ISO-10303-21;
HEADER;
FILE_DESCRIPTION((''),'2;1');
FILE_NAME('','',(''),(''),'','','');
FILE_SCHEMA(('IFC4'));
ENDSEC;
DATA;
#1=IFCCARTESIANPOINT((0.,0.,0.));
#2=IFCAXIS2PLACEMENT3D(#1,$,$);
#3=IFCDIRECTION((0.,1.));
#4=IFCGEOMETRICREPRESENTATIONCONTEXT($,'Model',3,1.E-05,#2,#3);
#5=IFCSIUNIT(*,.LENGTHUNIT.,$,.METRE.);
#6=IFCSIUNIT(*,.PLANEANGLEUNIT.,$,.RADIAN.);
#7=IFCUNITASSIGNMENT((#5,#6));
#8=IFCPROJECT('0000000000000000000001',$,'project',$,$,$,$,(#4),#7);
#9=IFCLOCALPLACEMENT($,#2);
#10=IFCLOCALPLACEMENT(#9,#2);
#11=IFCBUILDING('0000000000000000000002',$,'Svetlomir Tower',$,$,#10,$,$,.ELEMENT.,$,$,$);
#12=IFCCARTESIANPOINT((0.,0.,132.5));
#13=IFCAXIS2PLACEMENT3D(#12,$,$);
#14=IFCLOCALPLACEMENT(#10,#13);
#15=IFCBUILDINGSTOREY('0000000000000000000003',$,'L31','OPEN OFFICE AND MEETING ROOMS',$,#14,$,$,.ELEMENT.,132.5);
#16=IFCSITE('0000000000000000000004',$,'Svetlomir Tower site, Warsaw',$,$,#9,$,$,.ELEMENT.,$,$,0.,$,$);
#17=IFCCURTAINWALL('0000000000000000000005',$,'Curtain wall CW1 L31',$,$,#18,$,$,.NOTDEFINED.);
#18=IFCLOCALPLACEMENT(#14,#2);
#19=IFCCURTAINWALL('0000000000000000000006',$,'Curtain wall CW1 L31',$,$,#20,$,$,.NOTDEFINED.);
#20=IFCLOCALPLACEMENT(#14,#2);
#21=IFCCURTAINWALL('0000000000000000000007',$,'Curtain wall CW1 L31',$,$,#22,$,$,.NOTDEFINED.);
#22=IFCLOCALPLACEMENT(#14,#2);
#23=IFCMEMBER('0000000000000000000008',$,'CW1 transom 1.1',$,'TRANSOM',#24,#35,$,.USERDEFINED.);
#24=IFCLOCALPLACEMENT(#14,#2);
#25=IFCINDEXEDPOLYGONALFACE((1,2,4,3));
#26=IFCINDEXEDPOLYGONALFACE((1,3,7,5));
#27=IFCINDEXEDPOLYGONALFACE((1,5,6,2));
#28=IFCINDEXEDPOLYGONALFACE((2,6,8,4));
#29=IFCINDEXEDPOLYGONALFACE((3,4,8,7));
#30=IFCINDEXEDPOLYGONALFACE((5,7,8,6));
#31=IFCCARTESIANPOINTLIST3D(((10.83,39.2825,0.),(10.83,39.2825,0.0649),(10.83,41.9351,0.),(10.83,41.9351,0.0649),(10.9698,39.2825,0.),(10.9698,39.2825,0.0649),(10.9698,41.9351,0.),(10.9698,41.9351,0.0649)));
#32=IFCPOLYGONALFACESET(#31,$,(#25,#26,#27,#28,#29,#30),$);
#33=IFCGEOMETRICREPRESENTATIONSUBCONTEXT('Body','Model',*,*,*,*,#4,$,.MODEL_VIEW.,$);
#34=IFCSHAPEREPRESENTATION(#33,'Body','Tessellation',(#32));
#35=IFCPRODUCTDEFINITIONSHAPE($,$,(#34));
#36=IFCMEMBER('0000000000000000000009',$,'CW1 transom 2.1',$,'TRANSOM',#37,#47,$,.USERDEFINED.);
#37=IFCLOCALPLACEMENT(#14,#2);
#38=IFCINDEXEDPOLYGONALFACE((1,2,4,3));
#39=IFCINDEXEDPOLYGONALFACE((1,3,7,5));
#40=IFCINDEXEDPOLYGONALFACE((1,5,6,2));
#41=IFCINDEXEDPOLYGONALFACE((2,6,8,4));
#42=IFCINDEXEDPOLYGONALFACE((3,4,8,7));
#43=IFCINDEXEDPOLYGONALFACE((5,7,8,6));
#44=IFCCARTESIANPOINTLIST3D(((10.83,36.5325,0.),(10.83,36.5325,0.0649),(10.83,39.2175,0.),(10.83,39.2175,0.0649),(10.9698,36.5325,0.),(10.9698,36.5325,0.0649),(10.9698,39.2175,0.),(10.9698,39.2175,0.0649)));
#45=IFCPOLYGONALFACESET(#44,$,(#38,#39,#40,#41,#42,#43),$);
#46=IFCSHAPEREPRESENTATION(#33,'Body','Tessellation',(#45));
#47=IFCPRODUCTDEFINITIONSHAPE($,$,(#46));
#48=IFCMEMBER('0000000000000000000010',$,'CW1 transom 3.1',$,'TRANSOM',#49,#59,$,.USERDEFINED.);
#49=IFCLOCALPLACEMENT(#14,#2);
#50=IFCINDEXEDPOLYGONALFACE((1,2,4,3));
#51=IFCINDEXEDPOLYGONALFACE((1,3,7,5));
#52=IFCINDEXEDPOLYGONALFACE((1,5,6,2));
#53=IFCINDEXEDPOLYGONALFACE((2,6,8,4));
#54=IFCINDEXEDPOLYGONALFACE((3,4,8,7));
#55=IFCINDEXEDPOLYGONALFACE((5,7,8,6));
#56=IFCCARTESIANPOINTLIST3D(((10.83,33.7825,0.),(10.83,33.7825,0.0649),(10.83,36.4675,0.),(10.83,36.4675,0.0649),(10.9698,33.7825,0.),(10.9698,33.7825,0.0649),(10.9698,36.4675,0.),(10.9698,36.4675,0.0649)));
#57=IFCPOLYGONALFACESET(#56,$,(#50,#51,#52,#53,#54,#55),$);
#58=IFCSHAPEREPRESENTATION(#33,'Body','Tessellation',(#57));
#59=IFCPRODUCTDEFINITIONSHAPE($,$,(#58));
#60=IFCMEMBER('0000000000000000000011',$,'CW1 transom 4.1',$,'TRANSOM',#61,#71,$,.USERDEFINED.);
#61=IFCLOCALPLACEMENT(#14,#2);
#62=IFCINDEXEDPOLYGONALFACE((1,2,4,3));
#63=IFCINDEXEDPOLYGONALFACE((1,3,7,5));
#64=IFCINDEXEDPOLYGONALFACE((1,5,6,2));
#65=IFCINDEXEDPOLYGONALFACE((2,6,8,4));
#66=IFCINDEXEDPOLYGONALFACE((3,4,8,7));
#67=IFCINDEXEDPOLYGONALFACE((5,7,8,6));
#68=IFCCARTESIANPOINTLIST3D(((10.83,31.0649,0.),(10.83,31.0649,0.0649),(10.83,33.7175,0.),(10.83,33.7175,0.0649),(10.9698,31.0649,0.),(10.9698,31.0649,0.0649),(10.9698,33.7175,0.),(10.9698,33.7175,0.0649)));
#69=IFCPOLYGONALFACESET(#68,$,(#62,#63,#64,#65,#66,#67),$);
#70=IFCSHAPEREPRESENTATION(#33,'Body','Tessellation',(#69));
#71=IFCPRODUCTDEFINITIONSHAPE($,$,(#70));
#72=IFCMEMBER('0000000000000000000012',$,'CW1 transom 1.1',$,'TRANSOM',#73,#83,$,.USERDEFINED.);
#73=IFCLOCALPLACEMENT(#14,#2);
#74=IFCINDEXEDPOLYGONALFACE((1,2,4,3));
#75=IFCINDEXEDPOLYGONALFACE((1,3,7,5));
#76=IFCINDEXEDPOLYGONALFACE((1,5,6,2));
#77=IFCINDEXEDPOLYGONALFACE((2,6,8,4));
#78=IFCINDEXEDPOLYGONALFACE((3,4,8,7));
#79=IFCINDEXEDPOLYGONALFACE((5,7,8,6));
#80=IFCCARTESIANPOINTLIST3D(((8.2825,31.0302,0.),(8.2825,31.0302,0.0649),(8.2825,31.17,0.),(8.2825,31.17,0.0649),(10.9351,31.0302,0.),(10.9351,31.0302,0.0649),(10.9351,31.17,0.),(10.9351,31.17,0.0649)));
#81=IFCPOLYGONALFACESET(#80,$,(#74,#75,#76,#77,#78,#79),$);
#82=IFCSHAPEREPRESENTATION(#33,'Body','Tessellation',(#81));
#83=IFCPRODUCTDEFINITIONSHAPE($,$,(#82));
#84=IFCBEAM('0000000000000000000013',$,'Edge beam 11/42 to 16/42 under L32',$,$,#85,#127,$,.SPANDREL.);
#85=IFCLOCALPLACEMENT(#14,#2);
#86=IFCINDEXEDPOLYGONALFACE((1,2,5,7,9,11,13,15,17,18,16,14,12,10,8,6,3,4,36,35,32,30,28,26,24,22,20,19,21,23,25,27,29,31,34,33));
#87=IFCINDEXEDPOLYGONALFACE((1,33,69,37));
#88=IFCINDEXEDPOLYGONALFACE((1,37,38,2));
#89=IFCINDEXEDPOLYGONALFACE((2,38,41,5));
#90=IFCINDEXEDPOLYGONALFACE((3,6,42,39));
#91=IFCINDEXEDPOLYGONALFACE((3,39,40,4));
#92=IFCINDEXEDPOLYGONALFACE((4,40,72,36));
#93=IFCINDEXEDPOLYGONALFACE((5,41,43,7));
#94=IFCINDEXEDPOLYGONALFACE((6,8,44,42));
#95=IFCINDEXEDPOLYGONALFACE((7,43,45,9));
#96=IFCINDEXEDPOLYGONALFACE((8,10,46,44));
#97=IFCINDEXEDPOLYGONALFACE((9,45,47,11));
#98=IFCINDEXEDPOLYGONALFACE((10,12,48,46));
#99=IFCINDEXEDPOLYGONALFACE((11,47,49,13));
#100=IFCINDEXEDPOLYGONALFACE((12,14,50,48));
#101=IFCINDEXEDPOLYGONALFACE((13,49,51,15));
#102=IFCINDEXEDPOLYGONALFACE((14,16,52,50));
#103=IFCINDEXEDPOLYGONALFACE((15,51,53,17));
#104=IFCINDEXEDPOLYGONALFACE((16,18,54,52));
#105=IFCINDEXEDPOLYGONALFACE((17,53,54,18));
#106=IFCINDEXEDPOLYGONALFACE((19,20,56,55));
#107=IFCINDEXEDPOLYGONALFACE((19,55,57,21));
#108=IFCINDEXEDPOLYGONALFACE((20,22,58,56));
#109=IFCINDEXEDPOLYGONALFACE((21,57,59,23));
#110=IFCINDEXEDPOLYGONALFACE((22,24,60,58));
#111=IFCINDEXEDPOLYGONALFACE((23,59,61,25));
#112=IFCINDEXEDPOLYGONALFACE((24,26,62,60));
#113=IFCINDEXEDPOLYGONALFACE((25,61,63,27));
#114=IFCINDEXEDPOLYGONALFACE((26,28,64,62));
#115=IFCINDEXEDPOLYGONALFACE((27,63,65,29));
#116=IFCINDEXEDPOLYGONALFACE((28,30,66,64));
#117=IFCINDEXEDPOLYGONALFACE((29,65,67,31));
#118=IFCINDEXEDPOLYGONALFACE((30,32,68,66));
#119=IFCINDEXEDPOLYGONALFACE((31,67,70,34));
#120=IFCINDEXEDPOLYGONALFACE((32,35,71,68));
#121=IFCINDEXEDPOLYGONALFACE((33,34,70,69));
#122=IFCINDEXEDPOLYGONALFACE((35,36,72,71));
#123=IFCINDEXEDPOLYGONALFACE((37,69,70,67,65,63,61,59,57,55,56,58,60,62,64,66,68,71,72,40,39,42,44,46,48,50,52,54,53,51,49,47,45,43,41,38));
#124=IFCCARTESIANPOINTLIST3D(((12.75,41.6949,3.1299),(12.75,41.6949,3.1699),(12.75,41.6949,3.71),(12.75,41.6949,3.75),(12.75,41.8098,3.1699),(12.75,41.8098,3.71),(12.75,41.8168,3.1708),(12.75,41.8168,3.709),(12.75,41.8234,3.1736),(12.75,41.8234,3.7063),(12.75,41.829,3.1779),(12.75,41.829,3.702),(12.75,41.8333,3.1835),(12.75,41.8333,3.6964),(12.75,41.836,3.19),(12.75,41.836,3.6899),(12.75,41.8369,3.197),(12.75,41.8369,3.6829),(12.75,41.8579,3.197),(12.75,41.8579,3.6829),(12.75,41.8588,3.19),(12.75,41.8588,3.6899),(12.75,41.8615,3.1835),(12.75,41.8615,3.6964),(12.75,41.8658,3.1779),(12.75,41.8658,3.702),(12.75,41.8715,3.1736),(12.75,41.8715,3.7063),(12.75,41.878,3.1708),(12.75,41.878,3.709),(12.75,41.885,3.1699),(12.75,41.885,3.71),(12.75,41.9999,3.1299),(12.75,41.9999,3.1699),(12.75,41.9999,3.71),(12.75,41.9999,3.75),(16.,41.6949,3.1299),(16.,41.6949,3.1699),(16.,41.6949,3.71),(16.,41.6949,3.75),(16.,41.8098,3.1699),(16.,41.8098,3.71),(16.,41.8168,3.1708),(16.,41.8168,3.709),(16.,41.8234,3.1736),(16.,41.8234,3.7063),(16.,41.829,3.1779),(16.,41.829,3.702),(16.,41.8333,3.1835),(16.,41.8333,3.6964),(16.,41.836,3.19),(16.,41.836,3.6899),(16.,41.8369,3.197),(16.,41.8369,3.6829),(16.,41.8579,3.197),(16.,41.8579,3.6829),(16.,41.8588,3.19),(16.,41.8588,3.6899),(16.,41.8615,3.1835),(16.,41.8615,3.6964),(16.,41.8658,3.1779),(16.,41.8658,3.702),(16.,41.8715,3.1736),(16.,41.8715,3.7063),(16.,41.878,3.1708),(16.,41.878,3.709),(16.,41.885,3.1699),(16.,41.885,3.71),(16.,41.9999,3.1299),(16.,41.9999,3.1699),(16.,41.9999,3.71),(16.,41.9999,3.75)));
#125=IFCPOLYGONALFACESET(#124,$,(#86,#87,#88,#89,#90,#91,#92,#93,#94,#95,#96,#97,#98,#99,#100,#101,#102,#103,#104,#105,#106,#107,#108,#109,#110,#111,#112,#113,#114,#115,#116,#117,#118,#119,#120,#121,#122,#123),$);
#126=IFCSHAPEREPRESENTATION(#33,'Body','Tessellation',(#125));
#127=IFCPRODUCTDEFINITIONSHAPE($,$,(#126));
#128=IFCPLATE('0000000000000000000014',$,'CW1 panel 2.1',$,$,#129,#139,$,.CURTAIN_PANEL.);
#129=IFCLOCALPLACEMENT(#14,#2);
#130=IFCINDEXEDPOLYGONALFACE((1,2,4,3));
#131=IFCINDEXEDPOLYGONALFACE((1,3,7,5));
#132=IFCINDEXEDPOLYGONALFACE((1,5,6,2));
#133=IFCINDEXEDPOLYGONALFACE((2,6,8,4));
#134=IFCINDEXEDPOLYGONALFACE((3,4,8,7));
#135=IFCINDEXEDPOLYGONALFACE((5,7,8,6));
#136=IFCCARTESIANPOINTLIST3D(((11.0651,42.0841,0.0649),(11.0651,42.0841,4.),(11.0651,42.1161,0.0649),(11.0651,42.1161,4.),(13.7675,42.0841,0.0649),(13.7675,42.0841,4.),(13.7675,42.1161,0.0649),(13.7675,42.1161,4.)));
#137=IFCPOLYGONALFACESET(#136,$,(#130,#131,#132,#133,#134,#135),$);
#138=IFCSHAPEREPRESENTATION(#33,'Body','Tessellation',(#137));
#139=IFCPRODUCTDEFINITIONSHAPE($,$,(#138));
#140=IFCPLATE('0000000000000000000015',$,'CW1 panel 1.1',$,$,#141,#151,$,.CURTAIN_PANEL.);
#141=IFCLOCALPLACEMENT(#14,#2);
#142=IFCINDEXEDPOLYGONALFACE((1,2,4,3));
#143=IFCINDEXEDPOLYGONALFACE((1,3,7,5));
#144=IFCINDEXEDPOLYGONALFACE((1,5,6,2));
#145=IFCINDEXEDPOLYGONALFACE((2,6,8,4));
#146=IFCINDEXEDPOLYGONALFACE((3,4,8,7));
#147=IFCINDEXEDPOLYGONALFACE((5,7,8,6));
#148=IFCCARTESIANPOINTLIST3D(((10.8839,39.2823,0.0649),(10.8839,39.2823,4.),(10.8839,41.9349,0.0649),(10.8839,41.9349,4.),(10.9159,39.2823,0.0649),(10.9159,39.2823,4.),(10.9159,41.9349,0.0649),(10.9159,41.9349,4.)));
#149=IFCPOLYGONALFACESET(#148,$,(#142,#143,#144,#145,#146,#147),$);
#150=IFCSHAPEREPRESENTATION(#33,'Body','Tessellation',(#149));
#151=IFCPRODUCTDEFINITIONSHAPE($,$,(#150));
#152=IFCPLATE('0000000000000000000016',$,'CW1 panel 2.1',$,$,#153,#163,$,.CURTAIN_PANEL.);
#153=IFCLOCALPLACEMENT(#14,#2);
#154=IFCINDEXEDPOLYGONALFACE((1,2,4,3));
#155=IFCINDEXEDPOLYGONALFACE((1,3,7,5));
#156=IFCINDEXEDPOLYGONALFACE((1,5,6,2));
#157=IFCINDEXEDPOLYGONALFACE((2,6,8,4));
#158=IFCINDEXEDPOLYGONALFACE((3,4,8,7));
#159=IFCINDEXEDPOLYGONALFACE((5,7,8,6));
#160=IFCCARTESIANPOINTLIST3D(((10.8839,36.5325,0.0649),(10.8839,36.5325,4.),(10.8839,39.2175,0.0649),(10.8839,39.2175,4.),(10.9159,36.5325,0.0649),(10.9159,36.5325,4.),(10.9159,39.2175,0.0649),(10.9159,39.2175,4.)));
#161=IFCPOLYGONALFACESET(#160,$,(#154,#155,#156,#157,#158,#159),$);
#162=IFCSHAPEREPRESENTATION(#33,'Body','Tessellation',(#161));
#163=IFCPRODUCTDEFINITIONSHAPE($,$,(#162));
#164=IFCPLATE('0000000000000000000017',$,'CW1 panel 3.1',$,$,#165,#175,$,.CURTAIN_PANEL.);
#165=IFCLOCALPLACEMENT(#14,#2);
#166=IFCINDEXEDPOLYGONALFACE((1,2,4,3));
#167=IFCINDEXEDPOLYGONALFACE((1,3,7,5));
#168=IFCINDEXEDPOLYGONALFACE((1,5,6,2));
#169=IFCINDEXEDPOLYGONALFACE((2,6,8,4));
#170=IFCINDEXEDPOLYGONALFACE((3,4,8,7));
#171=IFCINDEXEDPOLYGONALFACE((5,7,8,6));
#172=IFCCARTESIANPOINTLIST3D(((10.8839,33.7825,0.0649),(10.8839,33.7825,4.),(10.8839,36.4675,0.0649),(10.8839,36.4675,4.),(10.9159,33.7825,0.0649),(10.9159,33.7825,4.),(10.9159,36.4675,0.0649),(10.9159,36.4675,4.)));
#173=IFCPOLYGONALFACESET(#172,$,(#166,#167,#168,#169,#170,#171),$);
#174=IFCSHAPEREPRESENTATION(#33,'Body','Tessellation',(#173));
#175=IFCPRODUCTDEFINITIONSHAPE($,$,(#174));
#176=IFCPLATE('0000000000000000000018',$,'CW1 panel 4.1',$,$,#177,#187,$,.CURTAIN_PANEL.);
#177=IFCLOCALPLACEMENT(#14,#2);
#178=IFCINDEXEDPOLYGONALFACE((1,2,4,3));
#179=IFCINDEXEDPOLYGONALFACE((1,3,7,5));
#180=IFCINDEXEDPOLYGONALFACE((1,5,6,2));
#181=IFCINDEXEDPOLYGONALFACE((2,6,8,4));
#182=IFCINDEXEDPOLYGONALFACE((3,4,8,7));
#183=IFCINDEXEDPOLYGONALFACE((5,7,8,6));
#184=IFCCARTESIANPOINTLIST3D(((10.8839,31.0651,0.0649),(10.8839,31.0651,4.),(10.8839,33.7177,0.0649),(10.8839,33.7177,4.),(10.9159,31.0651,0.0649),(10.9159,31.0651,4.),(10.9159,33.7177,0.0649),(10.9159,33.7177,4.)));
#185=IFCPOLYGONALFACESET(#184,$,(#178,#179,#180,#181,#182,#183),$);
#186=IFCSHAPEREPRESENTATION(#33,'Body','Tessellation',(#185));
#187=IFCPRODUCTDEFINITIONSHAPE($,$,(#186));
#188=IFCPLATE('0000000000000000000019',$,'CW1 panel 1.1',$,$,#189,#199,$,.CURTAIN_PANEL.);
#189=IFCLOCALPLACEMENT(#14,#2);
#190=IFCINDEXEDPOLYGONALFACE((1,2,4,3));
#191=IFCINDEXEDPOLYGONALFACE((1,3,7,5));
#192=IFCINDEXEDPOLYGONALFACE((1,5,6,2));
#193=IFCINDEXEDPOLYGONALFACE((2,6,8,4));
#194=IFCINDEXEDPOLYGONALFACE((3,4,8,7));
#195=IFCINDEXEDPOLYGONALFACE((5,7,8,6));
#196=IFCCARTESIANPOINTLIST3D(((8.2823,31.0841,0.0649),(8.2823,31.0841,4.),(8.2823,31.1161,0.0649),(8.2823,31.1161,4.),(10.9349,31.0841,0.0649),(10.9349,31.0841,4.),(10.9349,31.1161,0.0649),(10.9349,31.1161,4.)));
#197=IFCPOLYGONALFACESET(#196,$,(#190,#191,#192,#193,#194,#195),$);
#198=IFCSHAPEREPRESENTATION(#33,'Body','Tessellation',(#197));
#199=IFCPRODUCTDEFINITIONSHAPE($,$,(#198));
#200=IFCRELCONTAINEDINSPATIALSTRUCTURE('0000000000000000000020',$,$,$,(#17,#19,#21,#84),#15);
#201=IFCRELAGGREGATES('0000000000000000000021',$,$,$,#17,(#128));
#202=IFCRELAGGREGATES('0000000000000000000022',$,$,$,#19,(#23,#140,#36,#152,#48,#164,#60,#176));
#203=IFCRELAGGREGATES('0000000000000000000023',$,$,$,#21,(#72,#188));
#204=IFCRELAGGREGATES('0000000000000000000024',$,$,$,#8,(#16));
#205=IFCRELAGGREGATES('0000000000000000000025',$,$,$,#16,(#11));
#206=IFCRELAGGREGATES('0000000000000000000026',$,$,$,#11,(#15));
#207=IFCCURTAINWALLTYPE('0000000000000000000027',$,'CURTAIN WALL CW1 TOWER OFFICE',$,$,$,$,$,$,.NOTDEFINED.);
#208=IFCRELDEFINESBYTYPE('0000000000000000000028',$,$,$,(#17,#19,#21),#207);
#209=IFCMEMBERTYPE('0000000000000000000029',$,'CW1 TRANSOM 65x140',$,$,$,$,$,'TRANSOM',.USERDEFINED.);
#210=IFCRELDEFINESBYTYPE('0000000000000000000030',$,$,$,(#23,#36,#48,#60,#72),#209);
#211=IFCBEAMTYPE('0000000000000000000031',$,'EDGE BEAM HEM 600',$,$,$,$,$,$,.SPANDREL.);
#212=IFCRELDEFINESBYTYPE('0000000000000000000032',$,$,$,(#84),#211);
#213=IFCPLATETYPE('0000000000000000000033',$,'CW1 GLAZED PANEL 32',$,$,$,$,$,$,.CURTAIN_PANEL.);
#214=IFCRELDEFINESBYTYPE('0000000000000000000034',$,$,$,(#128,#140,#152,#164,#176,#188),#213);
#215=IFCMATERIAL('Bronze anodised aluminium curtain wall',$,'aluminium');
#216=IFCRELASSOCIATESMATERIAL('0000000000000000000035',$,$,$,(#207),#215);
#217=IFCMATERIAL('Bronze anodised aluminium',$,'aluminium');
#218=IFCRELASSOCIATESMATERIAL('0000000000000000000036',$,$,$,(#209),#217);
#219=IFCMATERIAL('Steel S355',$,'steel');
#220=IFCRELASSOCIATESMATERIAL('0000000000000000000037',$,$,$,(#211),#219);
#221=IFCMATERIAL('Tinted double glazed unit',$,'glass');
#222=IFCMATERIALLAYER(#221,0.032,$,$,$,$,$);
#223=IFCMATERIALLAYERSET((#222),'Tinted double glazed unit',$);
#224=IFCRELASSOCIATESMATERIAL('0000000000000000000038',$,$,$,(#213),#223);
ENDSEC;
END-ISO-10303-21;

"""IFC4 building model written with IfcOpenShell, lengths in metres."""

from ifc_helpers import new_model, si_unit, direction, frame, origin, origin_2d, place, context, subcontext, project, spatial, rectangle, i_section, extrude, material, layer, layer_set, material_profile, profile_set, type_object, element, aggregate, save


model = new_model("IFC4")

# Units and contexts
model_context = context("Model", 3, precision=1e-05, world=origin(), true_north=direction((0.0, 1.0)))
body_context = subcontext(model_context, "Body", "Model", "MODEL_VIEW")
ifc_project = project(units=[si_unit("LENGTHUNIT", "METRE"), si_unit("PLANEANGLEUNIT", "RADIAN")], contexts=[model_context])

# Site, building, storey
site_placement = place(None, origin())
site = spatial("IfcSite", under=ifc_project, at=site_placement, Name="Svetlomir Tower site, Warsaw", CompositionType="ELEMENT", RefElevation=0.0)
building_placement = place(site_placement, origin())
building = spatial("IfcBuilding", under=site, at=building_placement, Name="Svetlomir Tower", CompositionType="ELEMENT")
storey_placement = place(building_placement, frame((0.0, 0.0, 132.5)))
storey = spatial("IfcBuildingStorey", under=building, at=storey_placement, Name="L31", Description="OPEN OFFICE AND MEETING ROOMS", CompositionType="ELEMENT", Elevation=132.5)

# Curtain wall
ifc_material_1 = material(Name="Bronze anodised aluminium curtain wall", Category="aluminium")
curtain_wall_type = type_object("IfcCurtainWallType", Name="CURTAIN WALL CW1 TOWER OFFICE", PredefinedType="NOTDEFINED", material=ifc_material_1)
curtain_wall_1_placement = place(storey_placement, origin())
curtain_wall_1 = element("IfcCurtainWall", 1, at=curtain_wall_1_placement, inside=storey, type_object=curtain_wall_type, Name="Curtain wall CW1 L31", PredefinedType="NOTDEFINED")

# Curtain walls
curtain_wall_2_placement = place(storey_placement, origin())
curtain_wall_2 = element("IfcCurtainWall", 2, at=curtain_wall_2_placement, inside=storey, type_object=curtain_wall_type, Name="Curtain wall CW1 L31", PredefinedType="NOTDEFINED")
curtain_wall_3_placement = place(storey_placement, origin())
curtain_wall_3 = element("IfcCurtainWall", 3, at=curtain_wall_3_placement, inside=storey, type_object=curtain_wall_type, Name="Curtain wall CW1 L31", PredefinedType="NOTDEFINED")

# Members
ifc_material_2 = material(Name="Bronze anodised aluminium", Category="aluminium")
ifc_material_profile_1 = material_profile(ifc_material_2, rectangle(XDim=0.1399, YDim=0.0649, at=origin_2d()), Name="AL 140x65")
ifc_profile_set_1 = profile_set([ifc_material_profile_1], Name="Bronze anodised aluminium 6063-T6")
member_type_1 = type_object("IfcMemberType", Name="CW1 TRANSOM 65x140", ElementType="TRANSOM", PredefinedType="USERDEFINED", material=ifc_profile_set_1)
member_1_placement = place(storey_placement, frame((10.8999, 41.9351, 0.0325), z_axis=(0.0, -1.0, 0.0), x_axis=(1.0, 0.0, 0.0)))
member_1 = element("IfcMember", 4, at=member_1_placement, type_object=member_type_1, Name="CW1 transom 1.1", ObjectType="TRANSOM", PredefinedType="USERDEFINED", context=body_context, shape_type="SweptSolid", body=[
    extrude(rectangle(XDim=0.1399, YDim=0.0649, at=origin_2d()), origin(), (0.0, 0.0, 1.0), 2.6526),
])
member_2_placement = place(storey_placement, frame((10.8999, 39.2175, 0.0325), z_axis=(0.0, -1.0, 0.0), x_axis=(1.0, 0.0, 0.0)))
member_2 = element("IfcMember", 5, at=member_2_placement, type_object=member_type_1, Name="CW1 transom 2.1", ObjectType="TRANSOM", PredefinedType="USERDEFINED", context=body_context, shape_type="SweptSolid", body=[
    extrude(rectangle(XDim=0.1399, YDim=0.0649, at=origin_2d()), origin(), (0.0, 0.0, 1.0), 2.6851),
])
member_3_placement = place(storey_placement, frame((10.8999, 36.4675, 0.0325), z_axis=(0.0, -1.0, 0.0), x_axis=(1.0, 0.0, 0.0)))
member_3 = element("IfcMember", 6, at=member_3_placement, type_object=member_type_1, Name="CW1 transom 3.1", ObjectType="TRANSOM", PredefinedType="USERDEFINED", context=body_context, shape_type="SweptSolid", body=[
    extrude(rectangle(XDim=0.1399, YDim=0.0649, at=origin_2d()), origin(), (0.0, 0.0, 1.0), 2.6851),
])
member_4_placement = place(storey_placement, frame((10.8999, 33.7175, 0.0325), z_axis=(0.0, -1.0, 0.0), x_axis=(1.0, 0.0, 0.0)))
member_4 = element("IfcMember", 7, at=member_4_placement, type_object=member_type_1, Name="CW1 transom 4.1", ObjectType="TRANSOM", PredefinedType="USERDEFINED", context=body_context, shape_type="SweptSolid", body=[
    extrude(rectangle(XDim=0.1399, YDim=0.0649, at=origin_2d()), origin(), (0.0, 0.0, 1.0), 2.6526),
])
member_5_placement = place(storey_placement, frame((10.9351, 31.1001, 0.0325), z_axis=(-1.0, 0.0, 0.0), x_axis=(0.0, -1.0, 0.0)))
member_5 = element("IfcMember", 8, at=member_5_placement, type_object=member_type_1, Name="CW1 transom 1.1", ObjectType="TRANSOM", PredefinedType="USERDEFINED", context=body_context, shape_type="SweptSolid", body=[
    extrude(rectangle(XDim=0.1399, YDim=0.0649, at=origin_2d()), origin(), (0.0, 0.0, 1.0), 2.6526),
])

# Beam
ifc_material_3 = material(Name="Steel S355", Category="steel")
ifc_material_profile_2 = material_profile(ifc_material_3, i_section(OverallWidth=0.3049, OverallDepth=0.6201, WebThickness=0.021, FlangeThickness=0.04, FilletRadius=0.0271, at=origin_2d()), Name="HEM 600")
ifc_profile_set_2 = profile_set([ifc_material_profile_2], Name="Steel S355")
beam_type = type_object("IfcBeamType", Name="EDGE BEAM HEM 600", PredefinedType="SPANDREL", material=ifc_profile_set_2)
beam_placement = place(storey_placement, frame((12.75, 41.8474, 3.4399), z_axis=(1.0, 0.0, 0.0), x_axis=(0.0, 1.0, 0.0)))
element("IfcBeam", 9, at=beam_placement, inside=storey, type_object=beam_type, Name="Edge beam 11/42 to 16/42 under L32", PredefinedType="SPANDREL", context=body_context, shape_type="SweptSolid", body=[
    extrude(i_section(OverallWidth=0.3049, OverallDepth=0.6201, WebThickness=0.021, FlangeThickness=0.04, FilletRadius=0.0271, at=origin_2d()), origin(), (0.0, 0.0, 1.0), 3.25),
])

# Plates
ifc_material_4 = material(Name="Tinted double glazed unit", Category="glass")
ifc_layer_1 = layer(ifc_material_4, 0.032)
ifc_layer_set_1 = layer_set([ifc_layer_1], Name="Tinted double glazed unit")
plate_type = type_object("IfcPlateType", Name="CW1 GLAZED PANEL 32", PredefinedType="CURTAIN_PANEL", material=ifc_layer_set_1)
plate_1_placement = place(storey_placement, frame((12.4163, 42.1001, 0.0649), z_axis=(0.0, 0.0, 1.0), x_axis=(-1.0, 0.0, 0.0)))
plate_1 = element("IfcPlate", 10, at=plate_1_placement, type_object=plate_type, Name="CW1 panel 2.1", PredefinedType="CURTAIN_PANEL", context=body_context, shape_type="SweptSolid", body=[
    extrude(rectangle(XDim=2.7024, YDim=0.032, at=origin_2d()), origin(), (0.0, 0.0, 1.0), 3.9351),
])
aggregate(curtain_wall_1, [plate_1])
plate_2_placement = place(storey_placement, frame((10.8999, 40.6086, 0.0649), z_axis=(0.0, 0.0, 1.0), x_axis=(0.0, -1.0, 0.0)))
plate_2 = element("IfcPlate", 11, at=plate_2_placement, type_object=plate_type, Name="CW1 panel 1.1", PredefinedType="CURTAIN_PANEL", context=body_context, shape_type="SweptSolid", body=[
    extrude(rectangle(XDim=2.6526, YDim=0.032, at=origin_2d()), origin(), (0.0, 0.0, 1.0), 3.9351),
])
plate_3_placement = place(storey_placement, frame((10.8999, 37.875, 0.0649), z_axis=(0.0, 0.0, 1.0), x_axis=(0.0, -1.0, 0.0)))
plate_3 = element("IfcPlate", 12, at=plate_3_placement, type_object=plate_type, Name="CW1 panel 2.1", PredefinedType="CURTAIN_PANEL", context=body_context, shape_type="SweptSolid", body=[
    extrude(rectangle(XDim=2.6851, YDim=0.032, at=origin_2d()), origin(), (0.0, 0.0, 1.0), 3.9351),
])
plate_4_placement = place(storey_placement, frame((10.8999, 35.125, 0.0649), z_axis=(0.0, 0.0, 1.0), x_axis=(0.0, -1.0, 0.0)))
plate_4 = element("IfcPlate", 13, at=plate_4_placement, type_object=plate_type, Name="CW1 panel 3.1", PredefinedType="CURTAIN_PANEL", context=body_context, shape_type="SweptSolid", body=[
    extrude(rectangle(XDim=2.6851, YDim=0.032, at=origin_2d()), origin(), (0.0, 0.0, 1.0), 3.9351),
])
plate_5_placement = place(storey_placement, frame((10.8999, 32.3914, 0.0649), z_axis=(0.0, 0.0, 1.0), x_axis=(0.0, -1.0, 0.0)))
plate_5 = element("IfcPlate", 14, at=plate_5_placement, type_object=plate_type, Name="CW1 panel 4.1", PredefinedType="CURTAIN_PANEL", context=body_context, shape_type="SweptSolid", body=[
    extrude(rectangle(XDim=2.6526, YDim=0.032, at=origin_2d()), origin(), (0.0, 0.0, 1.0), 3.9351),
])
aggregate(curtain_wall_2, [member_1, plate_2, member_2, plate_3, member_3, plate_4, member_4, plate_5])
plate_6_placement = place(storey_placement, frame((9.6086, 31.1001, 0.0649), z_axis=(0.0, 0.0, 1.0), x_axis=(-1.0, 0.0, 0.0)))
plate_6 = element("IfcPlate", 15, at=plate_6_placement, type_object=plate_type, Name="CW1 panel 1.1", PredefinedType="CURTAIN_PANEL", context=body_context, shape_type="SweptSolid", body=[
    extrude(rectangle(XDim=2.6526, YDim=0.032, at=origin_2d()), origin(), (0.0, 0.0, 1.0), 3.9351),
])
aggregate(curtain_wall_3, [member_5, plate_6])

save(model, "model.ifc")
